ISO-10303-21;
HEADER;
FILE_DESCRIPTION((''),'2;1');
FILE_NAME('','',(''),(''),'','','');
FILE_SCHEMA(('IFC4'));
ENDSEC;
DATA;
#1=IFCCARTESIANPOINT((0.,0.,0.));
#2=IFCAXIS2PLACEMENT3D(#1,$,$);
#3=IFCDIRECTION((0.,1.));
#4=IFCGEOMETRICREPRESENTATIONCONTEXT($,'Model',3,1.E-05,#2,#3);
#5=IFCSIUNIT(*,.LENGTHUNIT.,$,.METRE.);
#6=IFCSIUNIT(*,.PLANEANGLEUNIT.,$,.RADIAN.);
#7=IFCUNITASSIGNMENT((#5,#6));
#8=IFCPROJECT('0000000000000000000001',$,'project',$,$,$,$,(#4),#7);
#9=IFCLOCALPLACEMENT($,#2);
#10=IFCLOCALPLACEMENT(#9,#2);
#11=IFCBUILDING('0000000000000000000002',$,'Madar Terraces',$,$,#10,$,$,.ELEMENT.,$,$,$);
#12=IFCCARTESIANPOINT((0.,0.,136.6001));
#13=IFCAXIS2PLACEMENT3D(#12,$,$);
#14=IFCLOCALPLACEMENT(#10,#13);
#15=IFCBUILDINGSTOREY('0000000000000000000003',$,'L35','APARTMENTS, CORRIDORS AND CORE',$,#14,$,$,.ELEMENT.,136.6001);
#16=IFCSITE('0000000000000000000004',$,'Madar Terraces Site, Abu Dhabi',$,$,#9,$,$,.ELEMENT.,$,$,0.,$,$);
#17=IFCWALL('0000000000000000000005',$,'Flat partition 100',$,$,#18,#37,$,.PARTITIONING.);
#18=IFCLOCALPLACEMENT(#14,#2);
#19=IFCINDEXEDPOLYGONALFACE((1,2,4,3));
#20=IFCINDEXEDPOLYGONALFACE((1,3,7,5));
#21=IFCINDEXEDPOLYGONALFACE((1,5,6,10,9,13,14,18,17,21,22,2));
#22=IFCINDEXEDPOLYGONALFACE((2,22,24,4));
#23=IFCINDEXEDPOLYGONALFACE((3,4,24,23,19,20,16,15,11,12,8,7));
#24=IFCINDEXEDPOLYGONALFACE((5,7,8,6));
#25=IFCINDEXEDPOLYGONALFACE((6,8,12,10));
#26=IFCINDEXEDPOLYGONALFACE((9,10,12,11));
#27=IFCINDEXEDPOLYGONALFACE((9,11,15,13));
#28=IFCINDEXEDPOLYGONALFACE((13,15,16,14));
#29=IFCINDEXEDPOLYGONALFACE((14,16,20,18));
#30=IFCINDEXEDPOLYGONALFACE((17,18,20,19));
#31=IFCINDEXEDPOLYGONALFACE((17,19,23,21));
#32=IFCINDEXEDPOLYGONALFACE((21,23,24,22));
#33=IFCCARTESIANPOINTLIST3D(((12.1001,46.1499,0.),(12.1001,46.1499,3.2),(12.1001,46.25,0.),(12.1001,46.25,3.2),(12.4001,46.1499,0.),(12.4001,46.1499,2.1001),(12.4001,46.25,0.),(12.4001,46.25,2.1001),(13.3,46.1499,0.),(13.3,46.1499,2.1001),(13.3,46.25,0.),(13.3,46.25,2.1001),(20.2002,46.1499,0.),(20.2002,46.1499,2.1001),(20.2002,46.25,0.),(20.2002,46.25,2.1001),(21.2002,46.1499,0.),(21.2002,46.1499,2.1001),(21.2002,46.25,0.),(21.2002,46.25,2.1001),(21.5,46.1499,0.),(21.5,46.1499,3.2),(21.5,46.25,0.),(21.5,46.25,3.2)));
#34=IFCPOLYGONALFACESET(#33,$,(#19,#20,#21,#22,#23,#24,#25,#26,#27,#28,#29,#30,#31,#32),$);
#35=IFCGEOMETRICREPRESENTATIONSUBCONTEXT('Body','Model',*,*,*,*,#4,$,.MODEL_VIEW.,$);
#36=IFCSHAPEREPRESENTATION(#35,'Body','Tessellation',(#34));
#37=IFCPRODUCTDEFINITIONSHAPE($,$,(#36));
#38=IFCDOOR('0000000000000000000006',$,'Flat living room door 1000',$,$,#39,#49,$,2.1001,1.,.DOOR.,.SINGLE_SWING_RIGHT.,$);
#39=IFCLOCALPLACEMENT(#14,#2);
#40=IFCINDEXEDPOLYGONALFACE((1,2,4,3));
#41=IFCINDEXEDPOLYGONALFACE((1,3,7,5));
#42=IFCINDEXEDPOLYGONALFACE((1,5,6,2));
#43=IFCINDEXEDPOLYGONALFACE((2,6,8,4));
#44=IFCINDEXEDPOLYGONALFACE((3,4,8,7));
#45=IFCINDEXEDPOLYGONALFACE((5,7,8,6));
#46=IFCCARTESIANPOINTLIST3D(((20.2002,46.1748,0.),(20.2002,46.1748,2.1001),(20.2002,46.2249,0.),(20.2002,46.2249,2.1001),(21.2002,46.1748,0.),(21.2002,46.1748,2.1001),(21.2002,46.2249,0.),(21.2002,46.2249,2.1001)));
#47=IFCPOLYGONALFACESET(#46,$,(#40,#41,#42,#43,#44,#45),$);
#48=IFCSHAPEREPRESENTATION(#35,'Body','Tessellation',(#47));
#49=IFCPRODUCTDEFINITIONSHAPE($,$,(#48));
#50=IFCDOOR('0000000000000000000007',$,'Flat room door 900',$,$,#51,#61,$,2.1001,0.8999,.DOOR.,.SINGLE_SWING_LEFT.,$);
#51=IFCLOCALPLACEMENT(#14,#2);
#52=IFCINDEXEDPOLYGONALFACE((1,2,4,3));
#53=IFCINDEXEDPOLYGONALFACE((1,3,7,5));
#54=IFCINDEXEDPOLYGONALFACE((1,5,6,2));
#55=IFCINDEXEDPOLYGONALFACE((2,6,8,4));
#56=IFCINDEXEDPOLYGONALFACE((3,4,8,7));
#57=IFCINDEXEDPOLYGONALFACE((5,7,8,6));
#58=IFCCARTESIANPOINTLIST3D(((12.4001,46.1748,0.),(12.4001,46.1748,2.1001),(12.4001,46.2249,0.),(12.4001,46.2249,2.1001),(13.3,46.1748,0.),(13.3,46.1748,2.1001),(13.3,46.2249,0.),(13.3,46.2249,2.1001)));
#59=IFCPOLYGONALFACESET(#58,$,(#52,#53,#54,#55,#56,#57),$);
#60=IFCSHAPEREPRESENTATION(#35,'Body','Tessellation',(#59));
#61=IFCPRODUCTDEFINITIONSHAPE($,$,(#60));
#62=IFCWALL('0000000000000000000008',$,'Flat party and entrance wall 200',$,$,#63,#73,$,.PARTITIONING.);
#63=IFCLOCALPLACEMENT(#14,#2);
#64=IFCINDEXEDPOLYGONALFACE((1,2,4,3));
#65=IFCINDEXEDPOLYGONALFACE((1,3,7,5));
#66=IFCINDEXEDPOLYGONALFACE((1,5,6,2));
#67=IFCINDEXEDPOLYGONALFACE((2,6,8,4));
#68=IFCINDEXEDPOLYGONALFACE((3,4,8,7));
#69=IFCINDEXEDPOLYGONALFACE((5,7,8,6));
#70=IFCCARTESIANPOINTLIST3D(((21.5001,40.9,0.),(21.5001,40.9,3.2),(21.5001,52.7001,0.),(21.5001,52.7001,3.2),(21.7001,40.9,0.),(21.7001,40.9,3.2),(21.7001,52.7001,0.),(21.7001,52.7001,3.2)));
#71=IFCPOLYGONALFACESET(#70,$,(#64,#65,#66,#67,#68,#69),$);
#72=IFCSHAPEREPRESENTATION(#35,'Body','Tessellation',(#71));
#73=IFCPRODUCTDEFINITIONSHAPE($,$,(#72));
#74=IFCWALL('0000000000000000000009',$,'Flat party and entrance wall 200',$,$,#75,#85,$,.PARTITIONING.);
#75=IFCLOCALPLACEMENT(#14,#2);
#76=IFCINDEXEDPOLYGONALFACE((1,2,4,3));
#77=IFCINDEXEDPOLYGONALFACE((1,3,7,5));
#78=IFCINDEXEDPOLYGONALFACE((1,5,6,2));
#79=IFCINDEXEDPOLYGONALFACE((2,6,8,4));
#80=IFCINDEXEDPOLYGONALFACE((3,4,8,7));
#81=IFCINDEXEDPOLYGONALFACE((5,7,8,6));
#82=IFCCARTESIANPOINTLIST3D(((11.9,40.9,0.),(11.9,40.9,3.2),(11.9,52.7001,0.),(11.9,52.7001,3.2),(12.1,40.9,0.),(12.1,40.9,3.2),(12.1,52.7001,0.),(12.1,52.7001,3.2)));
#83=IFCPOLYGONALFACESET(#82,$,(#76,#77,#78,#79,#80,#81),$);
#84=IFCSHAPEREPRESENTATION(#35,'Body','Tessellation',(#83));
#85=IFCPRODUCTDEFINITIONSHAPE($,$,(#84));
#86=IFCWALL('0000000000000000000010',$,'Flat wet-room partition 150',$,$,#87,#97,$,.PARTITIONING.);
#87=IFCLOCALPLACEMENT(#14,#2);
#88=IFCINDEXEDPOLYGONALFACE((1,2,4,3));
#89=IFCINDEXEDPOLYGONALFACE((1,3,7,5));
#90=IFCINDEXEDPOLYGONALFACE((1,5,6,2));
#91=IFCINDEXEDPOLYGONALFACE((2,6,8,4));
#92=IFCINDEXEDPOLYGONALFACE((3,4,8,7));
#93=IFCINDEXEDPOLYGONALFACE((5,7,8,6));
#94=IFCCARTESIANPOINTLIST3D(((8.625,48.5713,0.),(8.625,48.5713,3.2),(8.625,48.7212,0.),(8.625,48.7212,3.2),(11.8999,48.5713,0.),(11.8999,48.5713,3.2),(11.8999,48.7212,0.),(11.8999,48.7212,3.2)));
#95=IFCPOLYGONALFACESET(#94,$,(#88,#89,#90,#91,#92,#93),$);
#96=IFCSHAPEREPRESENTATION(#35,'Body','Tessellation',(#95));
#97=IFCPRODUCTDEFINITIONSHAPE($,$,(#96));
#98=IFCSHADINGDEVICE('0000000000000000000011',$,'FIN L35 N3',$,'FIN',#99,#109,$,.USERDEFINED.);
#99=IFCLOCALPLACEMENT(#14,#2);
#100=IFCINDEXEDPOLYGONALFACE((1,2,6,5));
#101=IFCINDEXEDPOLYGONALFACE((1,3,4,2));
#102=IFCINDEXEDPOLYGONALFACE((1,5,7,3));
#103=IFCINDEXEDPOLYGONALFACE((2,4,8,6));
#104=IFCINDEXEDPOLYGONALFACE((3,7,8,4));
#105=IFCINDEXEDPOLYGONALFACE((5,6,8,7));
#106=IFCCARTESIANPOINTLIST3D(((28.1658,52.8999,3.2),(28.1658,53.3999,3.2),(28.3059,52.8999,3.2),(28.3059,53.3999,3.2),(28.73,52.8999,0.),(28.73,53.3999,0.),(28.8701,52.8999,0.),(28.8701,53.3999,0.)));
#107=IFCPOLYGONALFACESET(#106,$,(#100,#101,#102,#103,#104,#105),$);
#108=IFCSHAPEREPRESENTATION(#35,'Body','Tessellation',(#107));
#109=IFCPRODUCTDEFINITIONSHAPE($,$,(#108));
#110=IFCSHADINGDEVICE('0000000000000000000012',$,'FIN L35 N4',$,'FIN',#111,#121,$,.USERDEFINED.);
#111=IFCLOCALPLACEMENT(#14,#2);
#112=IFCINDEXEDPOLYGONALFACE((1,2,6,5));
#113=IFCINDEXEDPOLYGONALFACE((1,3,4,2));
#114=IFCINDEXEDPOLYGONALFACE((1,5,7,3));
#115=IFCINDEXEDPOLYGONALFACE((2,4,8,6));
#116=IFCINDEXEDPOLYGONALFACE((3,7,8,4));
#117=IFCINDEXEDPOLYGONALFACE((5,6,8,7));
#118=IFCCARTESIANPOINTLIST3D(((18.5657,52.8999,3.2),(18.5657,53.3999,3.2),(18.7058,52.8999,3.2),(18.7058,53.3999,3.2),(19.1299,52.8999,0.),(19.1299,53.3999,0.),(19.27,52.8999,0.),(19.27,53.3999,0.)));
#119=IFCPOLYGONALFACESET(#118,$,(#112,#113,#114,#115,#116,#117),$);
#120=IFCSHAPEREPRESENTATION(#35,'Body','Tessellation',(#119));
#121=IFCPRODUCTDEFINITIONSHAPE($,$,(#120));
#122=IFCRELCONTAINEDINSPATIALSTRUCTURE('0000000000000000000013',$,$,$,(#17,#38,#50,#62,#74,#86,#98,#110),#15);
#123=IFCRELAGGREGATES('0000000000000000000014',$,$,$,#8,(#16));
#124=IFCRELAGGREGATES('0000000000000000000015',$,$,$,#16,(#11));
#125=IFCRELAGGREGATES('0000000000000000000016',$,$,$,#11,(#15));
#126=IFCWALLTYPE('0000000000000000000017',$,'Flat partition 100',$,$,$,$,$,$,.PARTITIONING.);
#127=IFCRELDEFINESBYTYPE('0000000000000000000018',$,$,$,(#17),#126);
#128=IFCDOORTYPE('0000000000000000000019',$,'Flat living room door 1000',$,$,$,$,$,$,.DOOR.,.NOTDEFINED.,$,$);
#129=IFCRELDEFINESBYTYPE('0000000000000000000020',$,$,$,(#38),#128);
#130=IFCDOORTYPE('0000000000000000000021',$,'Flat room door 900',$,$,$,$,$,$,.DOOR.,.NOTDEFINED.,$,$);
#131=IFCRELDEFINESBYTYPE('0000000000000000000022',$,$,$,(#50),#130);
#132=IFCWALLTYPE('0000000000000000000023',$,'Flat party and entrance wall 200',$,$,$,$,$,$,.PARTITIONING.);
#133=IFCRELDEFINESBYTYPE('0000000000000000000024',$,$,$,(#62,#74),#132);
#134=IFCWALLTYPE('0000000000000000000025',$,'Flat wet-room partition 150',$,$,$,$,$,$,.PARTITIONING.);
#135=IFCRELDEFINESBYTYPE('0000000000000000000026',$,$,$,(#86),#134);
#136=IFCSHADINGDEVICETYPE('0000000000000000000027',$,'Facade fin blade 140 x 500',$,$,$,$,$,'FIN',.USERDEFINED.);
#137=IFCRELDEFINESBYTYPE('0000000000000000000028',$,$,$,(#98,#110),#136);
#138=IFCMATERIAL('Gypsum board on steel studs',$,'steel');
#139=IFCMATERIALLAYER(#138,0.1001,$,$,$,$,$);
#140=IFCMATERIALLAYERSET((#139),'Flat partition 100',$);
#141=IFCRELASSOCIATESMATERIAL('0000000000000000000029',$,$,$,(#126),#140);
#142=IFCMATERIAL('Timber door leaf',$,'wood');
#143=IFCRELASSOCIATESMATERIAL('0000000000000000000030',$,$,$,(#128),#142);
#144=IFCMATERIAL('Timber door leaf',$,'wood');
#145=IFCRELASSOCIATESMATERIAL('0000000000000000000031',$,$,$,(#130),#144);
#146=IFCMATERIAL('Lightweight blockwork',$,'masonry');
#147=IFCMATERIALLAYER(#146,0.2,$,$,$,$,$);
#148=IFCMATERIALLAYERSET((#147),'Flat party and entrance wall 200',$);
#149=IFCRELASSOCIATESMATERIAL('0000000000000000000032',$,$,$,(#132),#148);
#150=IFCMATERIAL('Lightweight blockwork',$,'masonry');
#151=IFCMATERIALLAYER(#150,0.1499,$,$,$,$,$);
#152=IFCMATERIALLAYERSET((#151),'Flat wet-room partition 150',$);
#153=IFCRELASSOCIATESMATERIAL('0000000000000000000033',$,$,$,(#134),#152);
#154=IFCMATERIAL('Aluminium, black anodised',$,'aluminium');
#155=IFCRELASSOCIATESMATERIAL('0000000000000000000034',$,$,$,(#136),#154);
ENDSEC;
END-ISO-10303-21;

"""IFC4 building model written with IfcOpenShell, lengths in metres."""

from ifc_helpers import new_model, si_unit, direction, frame, frame_2d, origin, place, context, subcontext, project, spatial, polyline, rectangle, outline, extrude, material, layer, layer_set, type_object, element, fill, save


model = new_model("IFC4")

# Units and contexts
model_context = context("Model", 3, precision=1e-05, world=origin(), true_north=direction((0.0, 1.0)))
body_context = subcontext(model_context, "Body", "Model", "MODEL_VIEW")
ifc_project = project(units=[si_unit("LENGTHUNIT", "METRE"), si_unit("PLANEANGLEUNIT", "RADIAN")], contexts=[model_context])

# Site, building, storey
site_placement = place(None, origin())
site = spatial("IfcSite", under=ifc_project, at=site_placement, Name="Madar Terraces Site, Abu Dhabi", CompositionType="ELEMENT", RefElevation=0.0)
building_placement = place(site_placement, origin())
building = spatial("IfcBuilding", under=site, at=building_placement, Name="Madar Terraces", CompositionType="ELEMENT")
storey_placement = place(building_placement, frame((0.0, 0.0, 136.6001)))
storey = spatial("IfcBuildingStorey", under=building, at=storey_placement, Name="L35", Description="APARTMENTS, CORRIDORS AND CORE", CompositionType="ELEMENT", Elevation=136.6001)

# Shared definitions
ifc_material_1 = material(Name="Gypsum board on steel studs", Category="steel")
ifc_layer_1 = layer(ifc_material_1, 0.1001)
ifc_layer_set_1 = layer_set([ifc_layer_1], Name="Flat partition 100")
wall_type_1 = type_object("IfcWallType", Name="Flat partition 100", PredefinedType="PARTITIONING", material=ifc_layer_set_1)

# Shared definitions
ifc_material_2 = material(Name="Timber door leaf", Category="wood")
door_type_1 = type_object("IfcDoorType", Name="Flat living room door 1000", OperationType="NOTDEFINED", PredefinedType="DOOR", material=ifc_material_2)
ifc_material_3 = material(Name="Timber door leaf", Category="wood")
door_type_2 = type_object("IfcDoorType", Name="Flat room door 900", OperationType="NOTDEFINED", PredefinedType="DOOR", material=ifc_material_3)

# Wall, openings, doors
wall_1_placement = place(storey_placement, frame((12.1001, 46.2, 0.0), z_axis=(0.0, 0.0, 1.0), x_axis=(1.0, 0.0, 0.0)))
wall_1 = element("IfcWall", 1, at=wall_1_placement, inside=storey, type_object=wall_type_1, Name="Flat partition 100", PredefinedType="PARTITIONING", context=body_context, shape_type="SweptSolid", body=[
    extrude(rectangle(XDim=9.3999, YDim=0.1001, at=frame_2d((4.7, 0.0))), origin(), (0.0, 0.0, 1.0), 3.2),
])
opening_1_placement = place(wall_1_placement, frame((0.3, 0.0, 0.0)))
opening_1 = element("IfcOpeningElement", 2, at=opening_1_placement, cuts=wall_1, PredefinedType="OPENING", context=body_context, shape_type="SweptSolid", body=[
    extrude(rectangle(XDim=0.8999, YDim=2.1001, at=frame_2d((0.45, 1.05))), frame((0.0, 0.0601, 0.0), z_axis=(0.0, -1.0, 0.0), x_axis=(1.0, 0.0, 0.0)), (0.0, 0.0, 1.0), 0.1201),
])
opening_2_placement = place(wall_1_placement, frame((8.1001, 0.0, 0.0)))
opening_2 = element("IfcOpeningElement", 3, at=opening_2_placement, cuts=wall_1, PredefinedType="OPENING", context=body_context, shape_type="SweptSolid", body=[
    extrude(rectangle(XDim=1.0, YDim=2.1001, at=frame_2d((0.5, 1.05))), frame((0.0, 0.0601, 0.0), z_axis=(0.0, -1.0, 0.0), x_axis=(1.0, 0.0, 0.0)), (0.0, 0.0, 1.0), 0.1201),
])
door_1_placement = place(opening_2_placement, origin())
door_1 = element("IfcDoor", 4, at=door_1_placement, inside=storey, type_object=door_type_1, Name="Flat living room door 1000", OperationType="SINGLE_SWING_RIGHT", OverallHeight=2.1001, OverallWidth=1.0, PredefinedType="DOOR", context=body_context, shape_type="SweptSolid", body=[
    extrude(rectangle(XDim=1.0, YDim=2.1001, at=frame_2d((0.5, 1.05))), frame((0.0, 0.0249, 0.0), z_axis=(0.0, -1.0, 0.0), x_axis=(1.0, 0.0, 0.0)), (0.0, 0.0, 1.0), 0.05),
])
fill(opening_2, door_1)
door_2_placement = place(opening_1_placement, origin())
door_2 = element("IfcDoor", 5, at=door_2_placement, inside=storey, type_object=door_type_2, Name="Flat room door 900", OperationType="SINGLE_SWING_LEFT", OverallHeight=2.1001, OverallWidth=0.8999, PredefinedType="DOOR", context=body_context, shape_type="SweptSolid", body=[
    extrude(rectangle(XDim=0.8999, YDim=2.1001, at=frame_2d((0.45, 1.05))), frame((0.0, 0.0249, 0.0), z_axis=(0.0, -1.0, 0.0), x_axis=(1.0, 0.0, 0.0)), (0.0, 0.0, 1.0), 0.05),
])
fill(opening_1, door_2)

# Walls
ifc_material_4 = material(Name="Lightweight blockwork", Category="masonry")
ifc_layer_2 = layer(ifc_material_4, 0.2)
ifc_layer_set_2 = layer_set([ifc_layer_2], Name="Flat party and entrance wall 200")
wall_type_2 = type_object("IfcWallType", Name="Flat party and entrance wall 200", PredefinedType="PARTITIONING", material=ifc_layer_set_2)
for number, where, z_axis, x_axis, name in (
    (6, (21.6001, 52.7, 0.0), (0.0, 0.0, 1.0), (0.0, -1.0, 0.0), "Flat party and entrance wall 200"),
    (7, (12.0, 52.7, 0.0), (0.0, 0.0, 1.0), (0.0, -1.0, 0.0), "Flat party and entrance wall 200"),
):
    element("IfcWall", number, at=place(storey_placement, frame(where, z_axis=z_axis, x_axis=x_axis)), inside=storey, type_object=wall_type_2, Name=name, PredefinedType="PARTITIONING", context=body_context, shape_type="SweptSolid", body=[
        extrude(rectangle(XDim=11.8, YDim=0.2, at=frame_2d((5.8999, 0.0))), origin(), (0.0, 0.0, 1.0), 3.2),
    ])
ifc_material_5 = material(Name="Lightweight blockwork", Category="masonry")
ifc_layer_3 = layer(ifc_material_5, 0.1499)
ifc_layer_set_3 = layer_set([ifc_layer_3], Name="Flat wet-room partition 150")
wall_type_3 = type_object("IfcWallType", Name="Flat wet-room partition 150", PredefinedType="PARTITIONING", material=ifc_layer_set_3)
wall_2_placement = place(storey_placement, frame((11.8999, 48.6462, 0.0), z_axis=(0.0, 0.0, 1.0), x_axis=(-1.0, 0.0, 0.0)))
element("IfcWall", 8, at=wall_2_placement, inside=storey, type_object=wall_type_3, Name="Flat wet-room partition 150", PredefinedType="PARTITIONING", context=body_context, shape_type="SweptSolid", body=[
    extrude(rectangle(XDim=3.2749, YDim=0.1499, at=frame_2d((1.6375, 0.0))), origin(), (0.0, 0.0, 1.0), 3.2),
])

# Shading devices
ifc_material_6 = material(Name="Aluminium, black anodised", Category="aluminium")
shading_device_type = type_object("IfcShadingDeviceType", Name="Facade fin blade 140 x 500", ElementType="FIN", PredefinedType="USERDEFINED", material=ifc_material_6)
for number, where, z_axis, x_axis, name in (
    (9, (28.8701, 53.1499, 0.0), (0.0, 0.0, 1.0), (-1.0, 0.0, 0.0), "FIN L35 N3"),
    (10, (19.27, 53.1499, 0.0), (0.0, 0.0, 1.0), (-1.0, 0.0, 0.0), "FIN L35 N4"),
):
    element("IfcShadingDevice", number, at=place(storey_placement, frame(where, z_axis=z_axis, x_axis=x_axis)), inside=storey, type_object=shading_device_type, Name=name, ObjectType="FIN", PredefinedType="USERDEFINED", context=body_context, shape_type="SweptSolid", body=[
        extrude(outline(polyline([(0.0, 0.0), (0.1401, 0.0), (0.7043, 3.2), (0.5642, 3.2), (0.0, 0.0)])), frame((0.0, 0.25, 0.0), z_axis=(0.0, -1.0, 0.0), x_axis=(1.0, 0.0, 0.0)), (0.0, 0.0, 1.0), 0.5),
    ])

save(model, "model.ifc")
